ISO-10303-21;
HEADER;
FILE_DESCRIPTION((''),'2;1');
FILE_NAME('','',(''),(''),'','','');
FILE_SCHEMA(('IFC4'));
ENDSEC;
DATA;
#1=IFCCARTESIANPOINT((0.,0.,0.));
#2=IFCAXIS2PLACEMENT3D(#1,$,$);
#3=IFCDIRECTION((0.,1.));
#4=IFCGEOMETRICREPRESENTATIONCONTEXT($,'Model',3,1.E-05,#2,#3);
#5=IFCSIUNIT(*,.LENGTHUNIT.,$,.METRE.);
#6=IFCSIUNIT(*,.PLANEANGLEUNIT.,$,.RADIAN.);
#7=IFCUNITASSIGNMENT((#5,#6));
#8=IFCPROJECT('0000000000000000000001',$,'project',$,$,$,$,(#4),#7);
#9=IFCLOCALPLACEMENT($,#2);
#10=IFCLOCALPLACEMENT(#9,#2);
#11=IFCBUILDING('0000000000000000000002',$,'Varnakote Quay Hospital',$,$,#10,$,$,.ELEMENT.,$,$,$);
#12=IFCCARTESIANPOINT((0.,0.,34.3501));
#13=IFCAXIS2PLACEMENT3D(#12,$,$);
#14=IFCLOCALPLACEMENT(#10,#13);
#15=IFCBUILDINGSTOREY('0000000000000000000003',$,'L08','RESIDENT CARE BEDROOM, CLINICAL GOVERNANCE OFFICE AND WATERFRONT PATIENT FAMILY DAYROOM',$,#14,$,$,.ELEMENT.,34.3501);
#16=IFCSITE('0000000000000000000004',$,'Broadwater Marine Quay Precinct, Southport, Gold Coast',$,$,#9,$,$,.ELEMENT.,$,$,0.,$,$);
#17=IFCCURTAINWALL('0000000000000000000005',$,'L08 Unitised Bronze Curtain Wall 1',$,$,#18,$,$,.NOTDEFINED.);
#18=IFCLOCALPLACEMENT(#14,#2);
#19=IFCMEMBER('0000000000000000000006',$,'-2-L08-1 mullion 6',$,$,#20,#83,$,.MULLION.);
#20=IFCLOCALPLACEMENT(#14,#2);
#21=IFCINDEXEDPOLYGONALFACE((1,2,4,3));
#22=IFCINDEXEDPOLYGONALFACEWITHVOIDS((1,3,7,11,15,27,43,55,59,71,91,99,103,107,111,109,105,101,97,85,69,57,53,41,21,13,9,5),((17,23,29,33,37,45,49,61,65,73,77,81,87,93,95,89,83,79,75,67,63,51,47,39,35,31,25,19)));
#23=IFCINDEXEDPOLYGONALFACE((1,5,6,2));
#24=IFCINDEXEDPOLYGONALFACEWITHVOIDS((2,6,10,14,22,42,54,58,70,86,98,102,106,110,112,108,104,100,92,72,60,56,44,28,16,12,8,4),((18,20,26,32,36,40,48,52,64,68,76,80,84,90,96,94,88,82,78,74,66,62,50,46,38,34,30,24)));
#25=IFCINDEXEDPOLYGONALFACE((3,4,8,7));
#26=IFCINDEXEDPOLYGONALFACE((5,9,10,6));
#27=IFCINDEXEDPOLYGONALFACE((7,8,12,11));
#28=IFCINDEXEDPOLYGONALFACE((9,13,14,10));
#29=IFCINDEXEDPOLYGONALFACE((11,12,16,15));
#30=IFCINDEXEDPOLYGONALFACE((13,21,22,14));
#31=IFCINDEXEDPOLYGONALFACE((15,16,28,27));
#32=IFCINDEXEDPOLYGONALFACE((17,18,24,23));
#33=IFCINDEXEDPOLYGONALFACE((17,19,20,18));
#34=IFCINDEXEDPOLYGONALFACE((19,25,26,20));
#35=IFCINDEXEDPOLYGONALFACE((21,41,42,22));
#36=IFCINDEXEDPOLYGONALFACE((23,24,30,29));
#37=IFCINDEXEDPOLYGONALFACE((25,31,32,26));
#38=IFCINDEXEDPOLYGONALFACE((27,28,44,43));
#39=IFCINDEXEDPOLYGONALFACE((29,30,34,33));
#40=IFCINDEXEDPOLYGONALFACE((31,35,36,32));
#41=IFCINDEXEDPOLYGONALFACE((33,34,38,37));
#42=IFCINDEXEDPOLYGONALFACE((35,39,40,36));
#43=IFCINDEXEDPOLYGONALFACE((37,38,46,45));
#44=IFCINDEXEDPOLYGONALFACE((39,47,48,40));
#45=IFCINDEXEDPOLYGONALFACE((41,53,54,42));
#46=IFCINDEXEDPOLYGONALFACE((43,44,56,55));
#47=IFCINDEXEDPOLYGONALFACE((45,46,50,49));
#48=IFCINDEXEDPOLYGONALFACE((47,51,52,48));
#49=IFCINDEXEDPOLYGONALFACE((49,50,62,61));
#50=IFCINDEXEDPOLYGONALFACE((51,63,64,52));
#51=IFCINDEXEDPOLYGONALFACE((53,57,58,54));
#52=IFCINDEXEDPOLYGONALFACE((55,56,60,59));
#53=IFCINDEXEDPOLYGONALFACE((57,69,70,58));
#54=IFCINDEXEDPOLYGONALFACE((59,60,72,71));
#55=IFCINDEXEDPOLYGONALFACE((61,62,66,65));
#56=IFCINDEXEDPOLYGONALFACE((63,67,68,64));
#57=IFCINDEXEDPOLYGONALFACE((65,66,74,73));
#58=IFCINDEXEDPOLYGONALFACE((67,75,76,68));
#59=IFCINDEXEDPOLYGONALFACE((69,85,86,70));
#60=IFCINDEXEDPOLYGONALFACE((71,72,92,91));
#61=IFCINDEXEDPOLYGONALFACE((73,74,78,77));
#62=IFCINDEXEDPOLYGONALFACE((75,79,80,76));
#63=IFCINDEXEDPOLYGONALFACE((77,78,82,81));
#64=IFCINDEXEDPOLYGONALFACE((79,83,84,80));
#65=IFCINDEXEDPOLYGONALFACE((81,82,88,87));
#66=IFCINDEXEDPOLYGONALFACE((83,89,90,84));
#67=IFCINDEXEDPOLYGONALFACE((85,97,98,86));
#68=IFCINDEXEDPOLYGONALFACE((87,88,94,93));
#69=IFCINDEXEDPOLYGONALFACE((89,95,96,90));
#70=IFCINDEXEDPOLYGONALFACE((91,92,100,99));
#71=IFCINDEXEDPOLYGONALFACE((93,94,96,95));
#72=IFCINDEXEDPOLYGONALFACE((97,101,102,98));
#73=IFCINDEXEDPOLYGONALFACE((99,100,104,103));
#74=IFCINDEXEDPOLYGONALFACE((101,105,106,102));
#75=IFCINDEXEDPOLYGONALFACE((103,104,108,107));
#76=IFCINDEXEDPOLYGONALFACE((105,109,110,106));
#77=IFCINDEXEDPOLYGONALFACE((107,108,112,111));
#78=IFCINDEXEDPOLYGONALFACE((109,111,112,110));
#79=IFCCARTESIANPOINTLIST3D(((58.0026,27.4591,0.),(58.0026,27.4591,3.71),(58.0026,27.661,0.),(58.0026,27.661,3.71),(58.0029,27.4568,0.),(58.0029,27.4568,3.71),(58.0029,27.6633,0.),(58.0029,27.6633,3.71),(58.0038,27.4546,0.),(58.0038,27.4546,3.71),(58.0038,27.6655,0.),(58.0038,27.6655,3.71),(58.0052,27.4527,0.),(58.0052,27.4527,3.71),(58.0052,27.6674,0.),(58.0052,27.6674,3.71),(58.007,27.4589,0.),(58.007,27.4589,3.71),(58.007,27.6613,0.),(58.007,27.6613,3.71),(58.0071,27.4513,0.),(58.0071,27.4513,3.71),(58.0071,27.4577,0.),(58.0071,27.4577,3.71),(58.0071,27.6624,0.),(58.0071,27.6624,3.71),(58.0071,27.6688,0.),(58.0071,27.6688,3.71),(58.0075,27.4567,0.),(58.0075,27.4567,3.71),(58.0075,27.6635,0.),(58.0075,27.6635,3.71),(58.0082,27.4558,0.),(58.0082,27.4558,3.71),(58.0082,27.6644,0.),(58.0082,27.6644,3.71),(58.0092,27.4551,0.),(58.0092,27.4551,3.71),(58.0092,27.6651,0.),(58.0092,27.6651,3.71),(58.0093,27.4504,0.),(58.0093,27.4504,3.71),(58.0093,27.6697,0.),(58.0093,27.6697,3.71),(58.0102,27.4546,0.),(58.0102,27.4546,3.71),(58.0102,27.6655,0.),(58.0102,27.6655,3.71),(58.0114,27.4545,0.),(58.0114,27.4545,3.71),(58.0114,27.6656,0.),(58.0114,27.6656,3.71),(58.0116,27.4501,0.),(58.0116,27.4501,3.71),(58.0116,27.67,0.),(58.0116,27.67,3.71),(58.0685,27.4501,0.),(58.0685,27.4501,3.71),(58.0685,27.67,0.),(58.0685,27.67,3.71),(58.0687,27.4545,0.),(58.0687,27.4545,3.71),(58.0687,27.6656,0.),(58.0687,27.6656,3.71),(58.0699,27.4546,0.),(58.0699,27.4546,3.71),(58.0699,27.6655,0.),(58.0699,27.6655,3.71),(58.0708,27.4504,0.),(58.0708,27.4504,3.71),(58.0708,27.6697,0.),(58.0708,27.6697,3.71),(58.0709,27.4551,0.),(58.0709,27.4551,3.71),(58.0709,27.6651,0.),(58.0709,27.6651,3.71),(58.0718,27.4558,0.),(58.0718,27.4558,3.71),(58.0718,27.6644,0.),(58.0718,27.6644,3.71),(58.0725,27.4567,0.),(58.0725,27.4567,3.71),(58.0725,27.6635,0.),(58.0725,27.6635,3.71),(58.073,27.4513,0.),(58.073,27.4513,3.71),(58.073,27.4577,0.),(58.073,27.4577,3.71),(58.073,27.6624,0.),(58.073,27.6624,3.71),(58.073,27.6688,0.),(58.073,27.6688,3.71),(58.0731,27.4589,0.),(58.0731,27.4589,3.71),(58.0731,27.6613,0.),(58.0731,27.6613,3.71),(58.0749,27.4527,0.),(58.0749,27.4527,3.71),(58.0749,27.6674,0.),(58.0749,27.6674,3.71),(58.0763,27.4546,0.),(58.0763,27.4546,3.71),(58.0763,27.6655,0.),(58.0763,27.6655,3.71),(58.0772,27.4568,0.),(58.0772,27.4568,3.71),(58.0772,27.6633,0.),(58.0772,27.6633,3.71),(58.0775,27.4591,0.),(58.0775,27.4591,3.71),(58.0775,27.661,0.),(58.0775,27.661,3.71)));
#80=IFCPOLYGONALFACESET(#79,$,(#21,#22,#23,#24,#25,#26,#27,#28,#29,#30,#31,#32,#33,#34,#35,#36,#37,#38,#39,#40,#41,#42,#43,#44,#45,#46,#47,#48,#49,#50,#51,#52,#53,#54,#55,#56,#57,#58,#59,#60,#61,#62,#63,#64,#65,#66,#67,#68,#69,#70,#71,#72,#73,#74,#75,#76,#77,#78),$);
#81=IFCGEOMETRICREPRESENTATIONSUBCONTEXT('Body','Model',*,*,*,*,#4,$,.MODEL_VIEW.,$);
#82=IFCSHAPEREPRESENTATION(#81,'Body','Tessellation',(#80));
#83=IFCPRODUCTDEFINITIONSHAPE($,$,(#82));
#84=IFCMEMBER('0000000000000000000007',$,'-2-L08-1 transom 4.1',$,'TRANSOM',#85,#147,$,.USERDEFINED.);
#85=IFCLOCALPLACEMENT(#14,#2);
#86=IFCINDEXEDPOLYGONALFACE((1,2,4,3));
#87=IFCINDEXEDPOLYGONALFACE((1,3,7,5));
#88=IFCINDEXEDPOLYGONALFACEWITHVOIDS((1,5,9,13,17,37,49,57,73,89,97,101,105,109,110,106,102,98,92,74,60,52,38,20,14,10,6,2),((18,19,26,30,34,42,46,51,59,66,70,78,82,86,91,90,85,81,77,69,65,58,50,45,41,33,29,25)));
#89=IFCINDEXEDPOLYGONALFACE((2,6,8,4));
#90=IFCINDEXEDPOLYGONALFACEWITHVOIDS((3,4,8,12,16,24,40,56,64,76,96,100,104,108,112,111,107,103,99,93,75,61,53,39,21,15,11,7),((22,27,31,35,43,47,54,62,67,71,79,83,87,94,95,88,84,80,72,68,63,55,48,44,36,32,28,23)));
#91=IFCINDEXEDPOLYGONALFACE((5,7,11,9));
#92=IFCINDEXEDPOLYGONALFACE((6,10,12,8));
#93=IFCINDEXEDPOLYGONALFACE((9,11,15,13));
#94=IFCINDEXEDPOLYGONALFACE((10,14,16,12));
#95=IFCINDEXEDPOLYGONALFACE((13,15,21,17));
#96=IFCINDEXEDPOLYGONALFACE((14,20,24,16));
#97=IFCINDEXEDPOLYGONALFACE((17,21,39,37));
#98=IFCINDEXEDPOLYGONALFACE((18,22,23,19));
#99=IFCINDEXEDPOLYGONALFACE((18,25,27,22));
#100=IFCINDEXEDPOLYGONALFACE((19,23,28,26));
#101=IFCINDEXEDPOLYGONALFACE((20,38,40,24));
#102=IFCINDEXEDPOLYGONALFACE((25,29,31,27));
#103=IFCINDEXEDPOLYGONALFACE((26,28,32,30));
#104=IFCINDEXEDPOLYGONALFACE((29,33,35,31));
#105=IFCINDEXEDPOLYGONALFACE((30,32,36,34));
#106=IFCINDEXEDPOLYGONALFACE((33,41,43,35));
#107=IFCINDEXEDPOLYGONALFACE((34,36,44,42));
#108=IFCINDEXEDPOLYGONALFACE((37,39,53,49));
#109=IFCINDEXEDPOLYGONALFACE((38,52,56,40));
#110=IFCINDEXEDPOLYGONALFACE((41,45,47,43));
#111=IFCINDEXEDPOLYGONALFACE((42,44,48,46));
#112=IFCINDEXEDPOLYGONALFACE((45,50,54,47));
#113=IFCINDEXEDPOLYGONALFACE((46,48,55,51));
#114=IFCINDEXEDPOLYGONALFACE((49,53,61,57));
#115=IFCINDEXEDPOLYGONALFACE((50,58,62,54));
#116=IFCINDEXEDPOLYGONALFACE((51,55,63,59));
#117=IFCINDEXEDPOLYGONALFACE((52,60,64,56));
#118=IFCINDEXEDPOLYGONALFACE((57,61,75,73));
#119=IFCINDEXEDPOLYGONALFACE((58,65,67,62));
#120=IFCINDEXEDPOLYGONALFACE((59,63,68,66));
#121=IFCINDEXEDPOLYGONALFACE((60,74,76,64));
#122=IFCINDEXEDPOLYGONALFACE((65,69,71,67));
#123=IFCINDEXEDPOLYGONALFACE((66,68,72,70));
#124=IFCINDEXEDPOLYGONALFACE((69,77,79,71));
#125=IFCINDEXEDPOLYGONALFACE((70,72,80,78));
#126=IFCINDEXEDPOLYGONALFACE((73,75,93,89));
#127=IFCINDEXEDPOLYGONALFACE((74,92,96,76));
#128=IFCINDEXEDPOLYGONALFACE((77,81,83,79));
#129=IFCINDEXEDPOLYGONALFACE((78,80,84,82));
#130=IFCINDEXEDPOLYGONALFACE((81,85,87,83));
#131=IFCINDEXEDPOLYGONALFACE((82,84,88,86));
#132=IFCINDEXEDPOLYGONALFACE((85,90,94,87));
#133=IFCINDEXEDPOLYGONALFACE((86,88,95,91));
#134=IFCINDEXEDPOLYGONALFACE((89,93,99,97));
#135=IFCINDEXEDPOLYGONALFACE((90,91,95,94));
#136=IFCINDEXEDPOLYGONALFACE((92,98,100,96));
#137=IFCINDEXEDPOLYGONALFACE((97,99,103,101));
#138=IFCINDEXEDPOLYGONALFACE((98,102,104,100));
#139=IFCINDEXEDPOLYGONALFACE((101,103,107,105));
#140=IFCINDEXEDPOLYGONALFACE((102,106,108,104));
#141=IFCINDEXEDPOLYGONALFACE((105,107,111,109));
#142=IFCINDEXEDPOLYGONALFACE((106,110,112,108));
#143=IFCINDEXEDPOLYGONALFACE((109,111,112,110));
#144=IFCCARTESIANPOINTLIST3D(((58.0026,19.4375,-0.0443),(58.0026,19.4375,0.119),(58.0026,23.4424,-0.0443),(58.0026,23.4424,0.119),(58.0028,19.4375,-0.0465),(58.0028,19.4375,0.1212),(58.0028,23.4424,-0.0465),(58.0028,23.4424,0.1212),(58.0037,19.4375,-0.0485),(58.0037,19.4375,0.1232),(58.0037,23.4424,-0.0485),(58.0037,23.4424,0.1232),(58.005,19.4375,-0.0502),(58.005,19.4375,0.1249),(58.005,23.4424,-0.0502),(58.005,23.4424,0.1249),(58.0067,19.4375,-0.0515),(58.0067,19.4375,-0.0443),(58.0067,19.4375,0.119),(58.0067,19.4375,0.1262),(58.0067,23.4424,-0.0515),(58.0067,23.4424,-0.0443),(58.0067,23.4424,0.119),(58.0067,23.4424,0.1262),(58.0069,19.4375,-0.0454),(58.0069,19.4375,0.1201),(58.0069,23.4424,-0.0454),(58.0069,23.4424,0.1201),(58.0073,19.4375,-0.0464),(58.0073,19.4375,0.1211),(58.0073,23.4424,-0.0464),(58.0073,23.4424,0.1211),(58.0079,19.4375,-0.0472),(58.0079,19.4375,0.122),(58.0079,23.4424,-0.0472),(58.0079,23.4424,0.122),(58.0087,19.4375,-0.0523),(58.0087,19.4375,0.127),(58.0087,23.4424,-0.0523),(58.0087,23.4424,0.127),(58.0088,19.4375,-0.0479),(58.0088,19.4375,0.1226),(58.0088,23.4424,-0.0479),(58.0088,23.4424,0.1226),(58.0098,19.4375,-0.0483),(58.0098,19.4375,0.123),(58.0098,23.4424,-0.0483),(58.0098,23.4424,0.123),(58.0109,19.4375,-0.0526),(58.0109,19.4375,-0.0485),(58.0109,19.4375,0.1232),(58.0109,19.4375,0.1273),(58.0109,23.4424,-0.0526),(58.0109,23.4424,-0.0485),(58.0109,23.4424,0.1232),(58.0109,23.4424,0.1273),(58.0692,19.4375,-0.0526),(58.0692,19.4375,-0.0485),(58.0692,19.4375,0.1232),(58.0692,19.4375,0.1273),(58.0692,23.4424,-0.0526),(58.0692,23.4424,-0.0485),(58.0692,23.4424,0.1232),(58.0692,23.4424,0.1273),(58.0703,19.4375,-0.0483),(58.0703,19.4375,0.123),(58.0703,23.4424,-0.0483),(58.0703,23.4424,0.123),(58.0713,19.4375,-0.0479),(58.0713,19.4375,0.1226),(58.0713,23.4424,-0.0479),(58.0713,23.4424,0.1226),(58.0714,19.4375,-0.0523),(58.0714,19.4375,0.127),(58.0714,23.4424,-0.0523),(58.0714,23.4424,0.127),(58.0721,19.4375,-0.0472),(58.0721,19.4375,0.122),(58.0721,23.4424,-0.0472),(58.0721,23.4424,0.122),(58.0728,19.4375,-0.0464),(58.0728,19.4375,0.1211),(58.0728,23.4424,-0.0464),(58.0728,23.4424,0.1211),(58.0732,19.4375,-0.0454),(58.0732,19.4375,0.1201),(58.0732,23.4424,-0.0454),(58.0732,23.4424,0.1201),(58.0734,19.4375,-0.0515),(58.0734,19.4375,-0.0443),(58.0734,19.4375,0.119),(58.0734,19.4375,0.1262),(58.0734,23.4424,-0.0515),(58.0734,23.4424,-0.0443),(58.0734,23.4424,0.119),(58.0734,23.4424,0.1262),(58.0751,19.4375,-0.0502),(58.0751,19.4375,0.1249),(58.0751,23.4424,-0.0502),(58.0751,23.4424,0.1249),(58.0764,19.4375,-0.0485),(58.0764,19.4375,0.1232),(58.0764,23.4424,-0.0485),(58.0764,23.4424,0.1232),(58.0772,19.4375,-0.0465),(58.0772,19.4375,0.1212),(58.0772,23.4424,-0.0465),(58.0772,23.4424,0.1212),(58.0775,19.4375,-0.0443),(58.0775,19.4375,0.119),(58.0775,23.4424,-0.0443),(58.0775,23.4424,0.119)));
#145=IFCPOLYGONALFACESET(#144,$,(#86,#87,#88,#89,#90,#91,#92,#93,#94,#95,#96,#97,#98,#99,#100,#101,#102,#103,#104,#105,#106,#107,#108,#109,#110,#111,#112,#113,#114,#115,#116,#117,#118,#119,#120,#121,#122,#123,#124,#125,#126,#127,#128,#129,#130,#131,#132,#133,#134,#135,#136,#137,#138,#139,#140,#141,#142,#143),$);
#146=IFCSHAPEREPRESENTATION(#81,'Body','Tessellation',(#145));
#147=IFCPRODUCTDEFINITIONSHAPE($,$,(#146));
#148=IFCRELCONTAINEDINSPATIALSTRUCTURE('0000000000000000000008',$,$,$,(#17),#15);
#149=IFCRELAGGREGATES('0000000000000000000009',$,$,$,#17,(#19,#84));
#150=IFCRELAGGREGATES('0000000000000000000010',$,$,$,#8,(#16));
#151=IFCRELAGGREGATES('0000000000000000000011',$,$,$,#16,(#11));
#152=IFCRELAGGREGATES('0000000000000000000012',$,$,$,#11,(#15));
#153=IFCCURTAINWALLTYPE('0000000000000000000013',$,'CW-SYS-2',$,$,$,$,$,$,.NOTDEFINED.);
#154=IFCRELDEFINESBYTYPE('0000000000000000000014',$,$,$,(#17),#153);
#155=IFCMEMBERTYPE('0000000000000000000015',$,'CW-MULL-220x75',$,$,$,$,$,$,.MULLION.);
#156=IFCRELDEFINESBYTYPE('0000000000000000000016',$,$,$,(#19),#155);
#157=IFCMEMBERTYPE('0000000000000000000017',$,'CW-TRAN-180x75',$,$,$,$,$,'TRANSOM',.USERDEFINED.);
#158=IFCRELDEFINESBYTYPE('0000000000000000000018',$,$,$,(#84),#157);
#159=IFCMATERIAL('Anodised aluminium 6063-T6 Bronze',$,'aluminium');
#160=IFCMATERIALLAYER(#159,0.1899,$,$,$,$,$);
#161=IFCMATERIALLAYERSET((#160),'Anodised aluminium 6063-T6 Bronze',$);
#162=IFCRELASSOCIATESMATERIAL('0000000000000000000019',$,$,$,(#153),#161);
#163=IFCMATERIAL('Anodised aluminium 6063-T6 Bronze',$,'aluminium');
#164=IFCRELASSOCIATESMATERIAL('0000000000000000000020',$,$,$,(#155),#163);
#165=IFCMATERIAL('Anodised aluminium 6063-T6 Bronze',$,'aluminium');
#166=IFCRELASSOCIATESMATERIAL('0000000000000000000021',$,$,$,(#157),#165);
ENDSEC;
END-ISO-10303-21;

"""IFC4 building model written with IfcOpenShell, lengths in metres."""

from ifc_helpers import new_model, si_unit, direction, frame, origin, origin_2d, place, context, subcontext, project, spatial, hollow_rectangle, extrude, material, layer, layer_set, material_profile, profile_set, type_object, element, aggregate, save


model = new_model("IFC4")

# Units and contexts
model_context = context("Model", 3, precision=1e-05, world=origin(), true_north=direction((0.0, 1.0)))
body_context = subcontext(model_context, "Body", "Model", "MODEL_VIEW")
ifc_project = project(units=[si_unit("LENGTHUNIT", "METRE"), si_unit("PLANEANGLEUNIT", "RADIAN")], contexts=[model_context])

# Site, building, storey
site_placement = place(None, origin())
site = spatial("IfcSite", under=ifc_project, at=site_placement, Name="Broadwater Marine Quay Precinct, Southport, Gold Coast", CompositionType="ELEMENT", RefElevation=0.0)
building_placement = place(site_placement, origin())
building = spatial("IfcBuilding", under=site, at=building_placement, Name="Varnakote Quay Hospital", CompositionType="ELEMENT")
storey_placement = place(building_placement, frame((0.0, 0.0, 34.3501)))
storey = spatial("IfcBuildingStorey", under=building, at=storey_placement, Name="L08", Description="RESIDENT CARE BEDROOM, CLINICAL GOVERNANCE OFFICE AND WATERFRONT PATIENT FAMILY DAYROOM", CompositionType="ELEMENT", Elevation=34.3501)

# Curtain wall, members
ifc_material_1 = material(Name="Anodised aluminium 6063-T6 Bronze", Category="aluminium")
ifc_layer_1 = layer(ifc_material_1, 0.1899)
ifc_layer_set_1 = layer_set([ifc_layer_1], Name="Anodised aluminium 6063-T6 Bronze")
curtain_wall_type = type_object("IfcCurtainWallType", Name="CW-SYS-2", PredefinedType="NOTDEFINED", material=ifc_layer_set_1)
curtain_wall_placement = place(storey_placement, origin())
curtain_wall = element("IfcCurtainWall", 1, at=curtain_wall_placement, inside=storey, type_object=curtain_wall_type, Name="L08 Unitised Bronze Curtain Wall 1", PredefinedType="NOTDEFINED")
ifc_material_2 = material(Name="Anodised aluminium 6063-T6 Bronze", Category="aluminium")
ifc_material_profile_1 = material_profile(ifc_material_2, hollow_rectangle(XDim=0.075, YDim=0.22, WallThickness=0.0044, InnerFilletRadius=0.0044, OuterFilletRadius=0.009, at=origin_2d()), Name="CW-MULL-220x75")
ifc_profile_set_1 = profile_set([ifc_material_profile_1], Name="Anodised aluminium 6063-T6 Bronze")
member_type_1 = type_object("IfcMemberType", Name="CW-MULL-220x75", PredefinedType="MULLION", material=ifc_profile_set_1)
member_1_placement = place(storey_placement, frame((58.04, 27.5601, 0.0), z_axis=(0.0, 0.0, 1.0), x_axis=(-1.0, 0.0, 0.0)))
member_1 = element("IfcMember", 2, at=member_1_placement, type_object=member_type_1, Name="-2-L08-1 mullion 6", PredefinedType="MULLION", context=body_context, shape_type="SweptSolid", body=[
    extrude(hollow_rectangle(XDim=0.075, YDim=0.22, WallThickness=0.0044, InnerFilletRadius=0.0044, OuterFilletRadius=0.009, at=origin_2d()), origin(), (0.0, 0.0, 1.0), 3.71),
])
ifc_material_3 = material(Name="Anodised aluminium 6063-T6 Bronze", Category="aluminium")
ifc_material_profile_2 = material_profile(ifc_material_3, hollow_rectangle(XDim=0.075, YDim=0.1799, WallThickness=0.0042, InnerFilletRadius=0.0042, OuterFilletRadius=0.0083, at=origin_2d()), Name="CW-TRAN-180x75")
ifc_profile_set_2 = profile_set([ifc_material_profile_2], Name="Anodised aluminium 6063-T6 Bronze")
member_type_2 = type_object("IfcMemberType", Name="CW-TRAN-180x75", ElementType="TRANSOM", PredefinedType="USERDEFINED", material=ifc_profile_set_2)
member_2_placement = place(storey_placement, frame((58.04, 19.4375, 0.0374), z_axis=(0.0, 1.0, 0.0), x_axis=(-1.0, 0.0, 0.0)))
member_2 = element("IfcMember", 3, at=member_2_placement, type_object=member_type_2, Name="-2-L08-1 transom 4.1", ObjectType="TRANSOM", PredefinedType="USERDEFINED", context=body_context, shape_type="SweptSolid", body=[
    extrude(hollow_rectangle(XDim=0.075, YDim=0.1799, WallThickness=0.0042, InnerFilletRadius=0.0042, OuterFilletRadius=0.0083, at=origin_2d()), origin(), (0.0, 0.0, 1.0), 4.0049),
])
aggregate(curtain_wall, [member_1, member_2])

save(model, "model.ifc")
